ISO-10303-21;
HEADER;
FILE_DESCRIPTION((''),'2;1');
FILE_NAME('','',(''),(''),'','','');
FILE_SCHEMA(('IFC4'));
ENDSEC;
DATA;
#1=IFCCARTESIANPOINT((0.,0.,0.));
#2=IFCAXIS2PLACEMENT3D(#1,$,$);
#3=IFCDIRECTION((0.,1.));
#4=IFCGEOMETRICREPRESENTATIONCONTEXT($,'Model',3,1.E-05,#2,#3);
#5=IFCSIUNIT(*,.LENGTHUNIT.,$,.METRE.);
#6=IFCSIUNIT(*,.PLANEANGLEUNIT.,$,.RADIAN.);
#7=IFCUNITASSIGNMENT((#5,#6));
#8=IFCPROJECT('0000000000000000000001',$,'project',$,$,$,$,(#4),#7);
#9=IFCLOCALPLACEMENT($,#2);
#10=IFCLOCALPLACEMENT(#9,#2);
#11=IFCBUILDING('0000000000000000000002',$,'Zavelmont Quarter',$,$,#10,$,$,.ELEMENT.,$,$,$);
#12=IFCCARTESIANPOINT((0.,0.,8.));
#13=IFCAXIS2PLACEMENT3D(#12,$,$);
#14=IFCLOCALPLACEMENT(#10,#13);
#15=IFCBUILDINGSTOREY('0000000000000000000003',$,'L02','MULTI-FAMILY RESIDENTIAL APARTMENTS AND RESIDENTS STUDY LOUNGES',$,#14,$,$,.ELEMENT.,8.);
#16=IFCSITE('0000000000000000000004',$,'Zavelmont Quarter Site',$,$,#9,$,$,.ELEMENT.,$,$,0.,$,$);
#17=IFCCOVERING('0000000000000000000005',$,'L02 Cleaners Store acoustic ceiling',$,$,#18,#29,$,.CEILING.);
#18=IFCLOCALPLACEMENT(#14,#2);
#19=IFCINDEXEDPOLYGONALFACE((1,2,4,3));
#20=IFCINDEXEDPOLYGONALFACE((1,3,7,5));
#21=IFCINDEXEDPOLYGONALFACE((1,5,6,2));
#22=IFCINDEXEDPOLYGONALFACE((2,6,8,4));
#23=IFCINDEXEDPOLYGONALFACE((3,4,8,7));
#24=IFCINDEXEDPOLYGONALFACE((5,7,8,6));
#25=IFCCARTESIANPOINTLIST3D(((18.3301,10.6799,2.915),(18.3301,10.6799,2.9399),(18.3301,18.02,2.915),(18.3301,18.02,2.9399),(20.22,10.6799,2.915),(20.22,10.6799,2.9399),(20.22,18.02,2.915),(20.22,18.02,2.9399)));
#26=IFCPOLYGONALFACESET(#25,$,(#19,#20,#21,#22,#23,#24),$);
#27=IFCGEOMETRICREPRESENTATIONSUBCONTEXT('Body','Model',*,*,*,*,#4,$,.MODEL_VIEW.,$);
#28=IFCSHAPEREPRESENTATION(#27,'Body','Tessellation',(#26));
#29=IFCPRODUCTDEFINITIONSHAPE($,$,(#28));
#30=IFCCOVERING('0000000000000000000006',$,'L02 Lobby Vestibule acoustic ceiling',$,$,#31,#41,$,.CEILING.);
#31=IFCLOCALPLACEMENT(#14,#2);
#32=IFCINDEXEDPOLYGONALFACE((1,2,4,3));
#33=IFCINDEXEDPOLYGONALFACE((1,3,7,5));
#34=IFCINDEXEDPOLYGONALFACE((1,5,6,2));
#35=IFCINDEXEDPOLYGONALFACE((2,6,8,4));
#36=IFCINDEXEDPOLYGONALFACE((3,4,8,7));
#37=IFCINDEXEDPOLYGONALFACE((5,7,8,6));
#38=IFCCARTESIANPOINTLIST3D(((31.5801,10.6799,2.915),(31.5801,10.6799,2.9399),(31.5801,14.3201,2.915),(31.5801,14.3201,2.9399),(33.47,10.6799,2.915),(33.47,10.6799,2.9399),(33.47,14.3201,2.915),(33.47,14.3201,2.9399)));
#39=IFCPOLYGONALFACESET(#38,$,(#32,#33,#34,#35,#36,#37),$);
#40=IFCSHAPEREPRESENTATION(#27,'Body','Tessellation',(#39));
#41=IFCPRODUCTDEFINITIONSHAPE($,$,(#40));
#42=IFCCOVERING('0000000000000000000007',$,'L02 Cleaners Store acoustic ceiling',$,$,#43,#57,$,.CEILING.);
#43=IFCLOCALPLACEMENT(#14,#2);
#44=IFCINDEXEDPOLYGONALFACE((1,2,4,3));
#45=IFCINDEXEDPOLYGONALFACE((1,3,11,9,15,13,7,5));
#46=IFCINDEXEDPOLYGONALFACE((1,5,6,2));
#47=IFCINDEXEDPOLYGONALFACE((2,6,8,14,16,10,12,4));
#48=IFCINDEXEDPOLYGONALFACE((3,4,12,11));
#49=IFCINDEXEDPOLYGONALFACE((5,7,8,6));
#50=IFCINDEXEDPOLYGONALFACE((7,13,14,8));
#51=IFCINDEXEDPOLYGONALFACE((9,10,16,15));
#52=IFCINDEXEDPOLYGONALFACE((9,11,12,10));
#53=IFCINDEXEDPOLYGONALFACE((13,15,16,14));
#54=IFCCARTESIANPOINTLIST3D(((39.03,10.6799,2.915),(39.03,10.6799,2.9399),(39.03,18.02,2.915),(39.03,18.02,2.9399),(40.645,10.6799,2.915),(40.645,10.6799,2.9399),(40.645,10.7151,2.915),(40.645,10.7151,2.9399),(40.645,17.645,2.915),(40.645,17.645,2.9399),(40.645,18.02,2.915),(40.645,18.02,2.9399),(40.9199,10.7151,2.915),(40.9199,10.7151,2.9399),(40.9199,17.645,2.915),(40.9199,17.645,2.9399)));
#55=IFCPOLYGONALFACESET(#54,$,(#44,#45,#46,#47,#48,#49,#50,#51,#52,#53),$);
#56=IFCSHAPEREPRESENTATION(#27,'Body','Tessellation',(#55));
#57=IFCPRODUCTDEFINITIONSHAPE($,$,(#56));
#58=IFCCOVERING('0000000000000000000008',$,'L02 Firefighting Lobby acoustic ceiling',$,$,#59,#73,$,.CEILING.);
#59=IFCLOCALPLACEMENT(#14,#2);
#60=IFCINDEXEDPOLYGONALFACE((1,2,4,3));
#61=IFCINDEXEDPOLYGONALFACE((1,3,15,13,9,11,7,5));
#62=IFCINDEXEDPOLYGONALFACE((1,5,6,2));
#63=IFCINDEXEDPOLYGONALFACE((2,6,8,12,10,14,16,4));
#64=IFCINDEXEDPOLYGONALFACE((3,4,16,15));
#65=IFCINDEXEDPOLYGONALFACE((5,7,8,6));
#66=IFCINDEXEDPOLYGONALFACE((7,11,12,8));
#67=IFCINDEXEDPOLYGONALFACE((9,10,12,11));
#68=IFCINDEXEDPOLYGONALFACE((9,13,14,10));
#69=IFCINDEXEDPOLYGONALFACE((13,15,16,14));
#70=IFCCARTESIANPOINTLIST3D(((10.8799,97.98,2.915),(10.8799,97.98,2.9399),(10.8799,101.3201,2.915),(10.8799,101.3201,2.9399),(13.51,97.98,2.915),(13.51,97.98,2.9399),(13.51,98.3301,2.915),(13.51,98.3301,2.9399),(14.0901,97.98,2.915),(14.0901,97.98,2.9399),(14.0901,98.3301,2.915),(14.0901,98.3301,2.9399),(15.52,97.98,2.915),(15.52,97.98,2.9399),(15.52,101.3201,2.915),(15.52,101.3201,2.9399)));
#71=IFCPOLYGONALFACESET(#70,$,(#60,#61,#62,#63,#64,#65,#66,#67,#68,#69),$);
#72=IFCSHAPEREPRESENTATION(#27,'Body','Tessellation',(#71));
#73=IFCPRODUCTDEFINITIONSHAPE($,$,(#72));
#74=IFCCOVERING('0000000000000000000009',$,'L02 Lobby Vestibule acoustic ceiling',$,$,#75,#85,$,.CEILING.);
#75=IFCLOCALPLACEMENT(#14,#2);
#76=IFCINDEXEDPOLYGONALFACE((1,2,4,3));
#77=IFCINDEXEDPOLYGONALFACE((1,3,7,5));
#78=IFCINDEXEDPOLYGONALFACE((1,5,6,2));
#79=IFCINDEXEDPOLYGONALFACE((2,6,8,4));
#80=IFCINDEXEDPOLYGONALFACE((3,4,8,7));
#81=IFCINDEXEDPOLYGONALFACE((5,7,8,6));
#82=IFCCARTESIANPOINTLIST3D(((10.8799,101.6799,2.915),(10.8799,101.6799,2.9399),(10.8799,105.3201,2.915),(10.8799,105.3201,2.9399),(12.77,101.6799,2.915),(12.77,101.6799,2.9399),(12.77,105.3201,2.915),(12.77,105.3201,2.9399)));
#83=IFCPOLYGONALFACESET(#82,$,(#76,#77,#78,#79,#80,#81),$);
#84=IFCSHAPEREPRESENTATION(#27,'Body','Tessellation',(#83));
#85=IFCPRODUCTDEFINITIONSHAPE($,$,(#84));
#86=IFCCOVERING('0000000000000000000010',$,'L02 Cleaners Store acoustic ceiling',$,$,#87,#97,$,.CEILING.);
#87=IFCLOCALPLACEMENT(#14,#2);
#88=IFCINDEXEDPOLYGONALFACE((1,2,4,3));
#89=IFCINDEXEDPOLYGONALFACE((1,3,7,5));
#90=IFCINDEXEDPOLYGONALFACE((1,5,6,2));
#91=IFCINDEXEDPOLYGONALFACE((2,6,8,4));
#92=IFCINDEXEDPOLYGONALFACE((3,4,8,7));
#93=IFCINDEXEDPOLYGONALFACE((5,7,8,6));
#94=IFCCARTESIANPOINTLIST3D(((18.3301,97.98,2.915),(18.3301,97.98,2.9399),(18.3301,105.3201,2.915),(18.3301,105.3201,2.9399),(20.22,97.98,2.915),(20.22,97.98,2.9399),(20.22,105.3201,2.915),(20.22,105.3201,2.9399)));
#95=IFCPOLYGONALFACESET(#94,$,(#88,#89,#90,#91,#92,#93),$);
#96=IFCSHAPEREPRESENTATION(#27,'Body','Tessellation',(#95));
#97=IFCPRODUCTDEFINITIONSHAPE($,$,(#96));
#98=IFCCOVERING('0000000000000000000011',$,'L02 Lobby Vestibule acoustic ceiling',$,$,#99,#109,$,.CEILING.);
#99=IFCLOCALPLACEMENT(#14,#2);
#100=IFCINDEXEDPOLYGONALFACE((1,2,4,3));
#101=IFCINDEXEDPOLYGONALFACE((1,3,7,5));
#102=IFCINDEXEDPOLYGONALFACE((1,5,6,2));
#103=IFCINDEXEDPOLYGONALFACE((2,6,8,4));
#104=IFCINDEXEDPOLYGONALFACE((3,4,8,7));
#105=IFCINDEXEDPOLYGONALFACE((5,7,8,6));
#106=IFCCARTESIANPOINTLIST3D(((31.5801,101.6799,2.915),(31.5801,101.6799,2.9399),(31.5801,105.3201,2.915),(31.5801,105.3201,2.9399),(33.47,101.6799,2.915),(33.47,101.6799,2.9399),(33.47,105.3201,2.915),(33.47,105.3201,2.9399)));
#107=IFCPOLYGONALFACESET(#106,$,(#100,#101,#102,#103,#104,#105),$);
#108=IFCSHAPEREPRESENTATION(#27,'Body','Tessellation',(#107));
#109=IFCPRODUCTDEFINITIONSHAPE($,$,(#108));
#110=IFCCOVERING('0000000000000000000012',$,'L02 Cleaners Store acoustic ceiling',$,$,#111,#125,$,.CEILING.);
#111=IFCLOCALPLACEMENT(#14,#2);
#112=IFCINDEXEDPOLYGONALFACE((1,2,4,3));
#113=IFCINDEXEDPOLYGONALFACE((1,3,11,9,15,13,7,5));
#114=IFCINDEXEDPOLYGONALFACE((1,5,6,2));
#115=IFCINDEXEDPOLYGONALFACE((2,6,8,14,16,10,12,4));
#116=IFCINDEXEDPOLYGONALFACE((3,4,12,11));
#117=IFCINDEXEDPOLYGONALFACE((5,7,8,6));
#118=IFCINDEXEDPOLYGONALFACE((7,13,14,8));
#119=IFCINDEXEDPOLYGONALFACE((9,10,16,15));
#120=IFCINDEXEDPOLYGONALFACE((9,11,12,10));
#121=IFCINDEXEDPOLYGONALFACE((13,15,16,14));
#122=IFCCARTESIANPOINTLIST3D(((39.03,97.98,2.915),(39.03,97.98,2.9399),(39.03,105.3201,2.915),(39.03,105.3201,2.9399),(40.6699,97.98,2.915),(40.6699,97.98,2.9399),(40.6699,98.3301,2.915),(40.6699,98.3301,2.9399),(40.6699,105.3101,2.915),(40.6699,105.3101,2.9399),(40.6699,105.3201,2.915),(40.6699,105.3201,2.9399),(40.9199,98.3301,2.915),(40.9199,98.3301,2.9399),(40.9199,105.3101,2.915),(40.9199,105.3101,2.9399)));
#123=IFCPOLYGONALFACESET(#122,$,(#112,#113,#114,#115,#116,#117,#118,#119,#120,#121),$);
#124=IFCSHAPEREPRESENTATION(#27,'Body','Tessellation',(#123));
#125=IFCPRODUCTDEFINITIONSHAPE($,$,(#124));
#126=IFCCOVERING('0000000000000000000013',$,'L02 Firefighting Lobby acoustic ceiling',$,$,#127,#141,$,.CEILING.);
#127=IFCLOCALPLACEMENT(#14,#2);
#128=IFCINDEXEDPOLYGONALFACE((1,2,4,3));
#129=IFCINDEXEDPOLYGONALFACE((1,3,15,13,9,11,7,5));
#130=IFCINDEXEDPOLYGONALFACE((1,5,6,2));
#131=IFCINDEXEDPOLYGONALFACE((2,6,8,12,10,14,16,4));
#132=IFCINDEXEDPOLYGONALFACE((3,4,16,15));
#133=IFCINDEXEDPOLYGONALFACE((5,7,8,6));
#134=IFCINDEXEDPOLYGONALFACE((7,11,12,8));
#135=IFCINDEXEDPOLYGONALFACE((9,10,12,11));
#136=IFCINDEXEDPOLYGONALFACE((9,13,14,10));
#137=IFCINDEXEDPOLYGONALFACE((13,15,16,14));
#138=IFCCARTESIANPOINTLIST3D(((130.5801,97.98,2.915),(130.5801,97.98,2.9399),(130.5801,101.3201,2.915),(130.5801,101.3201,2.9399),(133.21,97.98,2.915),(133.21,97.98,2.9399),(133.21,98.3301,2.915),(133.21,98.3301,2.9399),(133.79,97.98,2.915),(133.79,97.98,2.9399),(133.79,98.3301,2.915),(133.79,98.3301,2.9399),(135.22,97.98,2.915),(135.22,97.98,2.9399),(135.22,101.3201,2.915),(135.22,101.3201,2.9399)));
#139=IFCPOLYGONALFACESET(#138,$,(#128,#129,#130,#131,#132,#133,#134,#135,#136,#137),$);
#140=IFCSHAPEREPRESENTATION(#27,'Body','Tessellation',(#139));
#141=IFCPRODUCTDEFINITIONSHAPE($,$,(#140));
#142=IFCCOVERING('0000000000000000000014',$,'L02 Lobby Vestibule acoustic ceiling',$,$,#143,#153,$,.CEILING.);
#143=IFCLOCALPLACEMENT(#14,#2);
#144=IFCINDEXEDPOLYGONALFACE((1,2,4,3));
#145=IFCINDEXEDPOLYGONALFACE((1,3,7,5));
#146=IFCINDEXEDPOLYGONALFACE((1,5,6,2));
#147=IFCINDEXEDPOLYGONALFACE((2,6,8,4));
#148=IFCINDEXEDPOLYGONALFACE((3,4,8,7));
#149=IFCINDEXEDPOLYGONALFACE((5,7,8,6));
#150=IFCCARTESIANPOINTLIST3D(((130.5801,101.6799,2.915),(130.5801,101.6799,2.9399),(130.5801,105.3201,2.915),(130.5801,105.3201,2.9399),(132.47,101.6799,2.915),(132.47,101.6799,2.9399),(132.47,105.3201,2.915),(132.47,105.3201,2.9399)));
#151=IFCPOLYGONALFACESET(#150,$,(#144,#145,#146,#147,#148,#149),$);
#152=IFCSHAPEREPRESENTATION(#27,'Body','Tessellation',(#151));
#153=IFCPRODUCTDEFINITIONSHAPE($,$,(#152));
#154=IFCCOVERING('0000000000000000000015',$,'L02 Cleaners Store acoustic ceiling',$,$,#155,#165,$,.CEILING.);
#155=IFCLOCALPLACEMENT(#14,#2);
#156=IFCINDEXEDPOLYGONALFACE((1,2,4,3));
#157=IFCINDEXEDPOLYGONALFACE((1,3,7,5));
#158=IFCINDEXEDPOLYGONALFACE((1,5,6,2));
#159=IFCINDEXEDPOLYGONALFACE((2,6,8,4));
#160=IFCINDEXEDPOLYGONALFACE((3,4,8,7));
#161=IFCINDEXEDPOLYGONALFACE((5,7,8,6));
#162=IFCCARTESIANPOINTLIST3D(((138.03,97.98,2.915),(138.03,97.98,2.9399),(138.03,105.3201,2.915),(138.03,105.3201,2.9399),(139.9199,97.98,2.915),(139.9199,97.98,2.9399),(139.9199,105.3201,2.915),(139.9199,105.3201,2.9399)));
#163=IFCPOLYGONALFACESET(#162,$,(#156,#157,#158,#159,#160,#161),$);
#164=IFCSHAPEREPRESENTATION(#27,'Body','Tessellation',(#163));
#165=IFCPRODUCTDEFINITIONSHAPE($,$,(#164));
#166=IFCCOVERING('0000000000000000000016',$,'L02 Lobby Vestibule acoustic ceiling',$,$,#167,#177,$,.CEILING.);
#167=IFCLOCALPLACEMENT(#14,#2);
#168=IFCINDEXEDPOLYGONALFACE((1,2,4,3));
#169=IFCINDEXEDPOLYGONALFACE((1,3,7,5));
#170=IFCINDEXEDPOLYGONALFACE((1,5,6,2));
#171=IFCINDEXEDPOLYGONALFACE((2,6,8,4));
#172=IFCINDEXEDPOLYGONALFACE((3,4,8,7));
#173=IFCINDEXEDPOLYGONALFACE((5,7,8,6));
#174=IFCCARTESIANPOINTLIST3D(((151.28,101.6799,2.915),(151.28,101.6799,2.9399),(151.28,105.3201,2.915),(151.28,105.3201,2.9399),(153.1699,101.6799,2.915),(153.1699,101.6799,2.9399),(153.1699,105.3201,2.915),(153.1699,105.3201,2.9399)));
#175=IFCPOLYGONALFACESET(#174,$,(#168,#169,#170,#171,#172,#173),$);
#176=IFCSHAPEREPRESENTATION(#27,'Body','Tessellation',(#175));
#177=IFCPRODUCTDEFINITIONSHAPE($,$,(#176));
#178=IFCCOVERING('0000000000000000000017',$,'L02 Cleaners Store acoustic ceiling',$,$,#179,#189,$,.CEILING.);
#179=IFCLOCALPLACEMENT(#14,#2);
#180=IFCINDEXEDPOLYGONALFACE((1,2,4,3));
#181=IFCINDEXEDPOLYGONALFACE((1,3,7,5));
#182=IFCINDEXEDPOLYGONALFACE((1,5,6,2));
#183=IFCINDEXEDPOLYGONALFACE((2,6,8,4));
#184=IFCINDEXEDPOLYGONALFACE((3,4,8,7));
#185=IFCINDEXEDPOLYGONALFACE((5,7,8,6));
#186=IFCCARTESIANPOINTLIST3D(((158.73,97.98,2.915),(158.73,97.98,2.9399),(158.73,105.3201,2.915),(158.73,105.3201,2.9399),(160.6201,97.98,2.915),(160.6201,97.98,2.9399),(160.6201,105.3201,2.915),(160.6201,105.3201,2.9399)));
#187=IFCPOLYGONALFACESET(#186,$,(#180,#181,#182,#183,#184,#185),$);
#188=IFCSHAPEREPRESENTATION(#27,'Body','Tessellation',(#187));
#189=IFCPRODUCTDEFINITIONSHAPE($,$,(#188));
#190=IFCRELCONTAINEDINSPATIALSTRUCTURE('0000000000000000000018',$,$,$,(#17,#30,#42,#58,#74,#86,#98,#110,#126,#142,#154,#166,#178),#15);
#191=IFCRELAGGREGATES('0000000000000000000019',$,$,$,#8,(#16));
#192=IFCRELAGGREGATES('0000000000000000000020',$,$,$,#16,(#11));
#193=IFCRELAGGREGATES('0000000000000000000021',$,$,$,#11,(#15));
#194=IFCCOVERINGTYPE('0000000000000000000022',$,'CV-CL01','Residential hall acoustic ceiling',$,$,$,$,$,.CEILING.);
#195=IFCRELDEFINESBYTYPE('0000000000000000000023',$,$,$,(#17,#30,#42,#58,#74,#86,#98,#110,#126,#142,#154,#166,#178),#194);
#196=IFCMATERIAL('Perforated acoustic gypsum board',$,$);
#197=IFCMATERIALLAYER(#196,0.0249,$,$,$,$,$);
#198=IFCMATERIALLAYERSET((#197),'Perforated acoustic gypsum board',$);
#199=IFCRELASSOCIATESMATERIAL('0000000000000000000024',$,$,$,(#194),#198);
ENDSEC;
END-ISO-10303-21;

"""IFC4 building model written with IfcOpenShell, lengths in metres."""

from ifc_helpers import new_model, si_unit, direction, frame, origin, place, context, subcontext, project, spatial, polyline, outline, extrude, material, layer, layer_set, type_object, element, save


model = new_model("IFC4")

# Units and contexts
model_context = context("Model", 3, precision=1e-05, world=origin(), true_north=direction((0.0, 1.0)))
body_context = subcontext(model_context, "Body", "Model", "MODEL_VIEW")
ifc_project = project(units=[si_unit("LENGTHUNIT", "METRE"), si_unit("PLANEANGLEUNIT", "RADIAN")], contexts=[model_context])

# Site, building, storey
site_placement = place(None, origin())
site = spatial("IfcSite", under=ifc_project, at=site_placement, Name="Zavelmont Quarter Site", CompositionType="ELEMENT", RefElevation=0.0)
building_placement = place(site_placement, origin())
building = spatial("IfcBuilding", under=site, at=building_placement, Name="Zavelmont Quarter", CompositionType="ELEMENT")
storey_placement = place(building_placement, frame((0.0, 0.0, 8.0)))
storey = spatial("IfcBuildingStorey", under=building, at=storey_placement, Name="L02", Description="MULTI-FAMILY RESIDENTIAL APARTMENTS AND RESIDENTS STUDY LOUNGES", CompositionType="ELEMENT", Elevation=8.0)

# Coverings
ifc_material_1 = material(Name="Perforated acoustic gypsum board")
ifc_layer_1 = layer(ifc_material_1, 0.0249)
ifc_layer_set_1 = layer_set([ifc_layer_1], Name="Perforated acoustic gypsum board")
covering_type_1 = type_object("IfcCoveringType", Name="CV-CL01", Description="Residential hall acoustic ceiling", PredefinedType="CEILING", material=ifc_layer_set_1)
covering_1_placement = place(storey_placement, frame((0.0, 0.0, 2.915)))
element("IfcCovering", 1, at=covering_1_placement, inside=storey, type_object=covering_type_1, Name="L02 Cleaners Store acoustic ceiling", PredefinedType="CEILING", context=body_context, shape_type="SweptSolid", body=[
    extrude(outline(polyline([(18.3301, 18.02), (20.22, 18.02), (20.22, 10.6799), (18.3301, 10.6799), (18.3301, 18.02)])), origin(), (0.0, 0.0, 1.0), 0.0249),
])
covering_2_placement = place(storey_placement, frame((0.0, 0.0, 2.915)))
element("IfcCovering", 2, at=covering_2_placement, inside=storey, type_object=covering_type_1, Name="L02 Lobby Vestibule acoustic ceiling", PredefinedType="CEILING", context=body_context, shape_type="SweptSolid", body=[
    extrude(outline(polyline([(31.5801, 14.3201), (33.47, 14.3201), (33.47, 10.6799), (31.5801, 10.6799), (31.5801, 14.3201)])), origin(), (0.0, 0.0, 1.0), 0.0249),
])
covering_3_placement = place(storey_placement, frame((0.0, 0.0, 2.915)))
element("IfcCovering", 3, at=covering_3_placement, inside=storey, type_object=covering_type_1, Name="L02 Cleaners Store acoustic ceiling", PredefinedType="CEILING", context=body_context, shape_type="SweptSolid", body=[
    extrude(outline(polyline([(39.03, 18.02), (40.645, 18.02), (40.645, 17.645), (40.9199, 17.645), (40.9199, 10.7151), (40.645, 10.7151), (40.645, 10.6799), (39.03, 10.6799), (39.03, 18.02)])), origin(), (0.0, 0.0, 1.0), 0.0249),
])
covering_4_placement = place(storey_placement, frame((0.0, 0.0, 2.915)))
element("IfcCovering", 4, at=covering_4_placement, inside=storey, type_object=covering_type_1, Name="L02 Firefighting Lobby acoustic ceiling", PredefinedType="CEILING", context=body_context, shape_type="SweptSolid", body=[
    extrude(outline(polyline([(10.8799, 101.3201), (15.52, 101.3201), (15.52, 97.98), (14.0901, 97.98), (14.0901, 98.3301), (13.51, 98.3301), (13.51, 97.98), (10.8799, 97.98), (10.8799, 101.3201)])), origin(), (0.0, 0.0, 1.0), 0.0249),
])
covering_5_placement = place(storey_placement, frame((0.0, 0.0, 2.915)))
element("IfcCovering", 5, at=covering_5_placement, inside=storey, type_object=covering_type_1, Name="L02 Lobby Vestibule acoustic ceiling", PredefinedType="CEILING", context=body_context, shape_type="SweptSolid", body=[
    extrude(outline(polyline([(10.8799, 105.3201), (12.77, 105.3201), (12.77, 101.6799), (10.8799, 101.6799), (10.8799, 105.3201)])), origin(), (0.0, 0.0, 1.0), 0.0249),
])
covering_6_placement = place(storey_placement, frame((0.0, 0.0, 2.915)))
element("IfcCovering", 6, at=covering_6_placement, inside=storey, type_object=covering_type_1, Name="L02 Cleaners Store acoustic ceiling", PredefinedType="CEILING", context=body_context, shape_type="SweptSolid", body=[
    extrude(outline(polyline([(18.3301, 105.3201), (20.22, 105.3201), (20.22, 97.98), (18.3301, 97.98), (18.3301, 105.3201)])), origin(), (0.0, 0.0, 1.0), 0.0249),
])
covering_7_placement = place(storey_placement, frame((0.0, 0.0, 2.915)))
element("IfcCovering", 7, at=covering_7_placement, inside=storey, type_object=covering_type_1, Name="L02 Lobby Vestibule acoustic ceiling", PredefinedType="CEILING", context=body_context, shape_type="SweptSolid", body=[
    extrude(outline(polyline([(31.5801, 105.3201), (33.47, 105.3201), (33.47, 101.6799), (31.5801, 101.6799), (31.5801, 105.3201)])), origin(), (0.0, 0.0, 1.0), 0.0249),
])
covering_8_placement = place(storey_placement, frame((0.0, 0.0, 2.915)))
element("IfcCovering", 8, at=covering_8_placement, inside=storey, type_object=covering_type_1, Name="L02 Cleaners Store acoustic ceiling", PredefinedType="CEILING", context=body_context, shape_type="SweptSolid", body=[
    extrude(outline(polyline([(39.03, 105.3201), (40.6699, 105.3201), (40.6699, 105.3101), (40.9199, 105.3101), (40.9199, 98.3301), (40.6699, 98.3301), (40.6699, 97.98), (39.03, 97.98), (39.03, 105.3201)])), origin(), (0.0, 0.0, 1.0), 0.0249),
])
covering_9_placement = place(storey_placement, frame((0.0, 0.0, 2.915)))
element("IfcCovering", 9, at=covering_9_placement, inside=storey, type_object=covering_type_1, Name="L02 Firefighting Lobby acoustic ceiling", PredefinedType="CEILING", context=body_context, shape_type="SweptSolid", body=[
    extrude(outline(polyline([(130.5801, 101.3201), (135.22, 101.3201), (135.22, 97.98), (133.79, 97.98), (133.79, 98.3301), (133.21, 98.3301), (133.21, 97.98), (130.5801, 97.98), (130.5801, 101.3201)])), origin(), (0.0, 0.0, 1.0), 0.0249),
])
covering_10_placement = place(storey_placement, frame((0.0, 0.0, 2.915)))
element("IfcCovering", 10, at=covering_10_placement, inside=storey, type_object=covering_type_1, Name="L02 Lobby Vestibule acoustic ceiling", PredefinedType="CEILING", context=body_context, shape_type="SweptSolid", body=[
    extrude(outline(polyline([(130.5801, 105.3201), (132.47, 105.3201), (132.47, 101.6799), (130.5801, 101.6799), (130.5801, 105.3201)])), origin(), (0.0, 0.0, 1.0), 0.0249),
])
covering_11_placement = place(storey_placement, frame((0.0, 0.0, 2.915)))
element("IfcCovering", 11, at=covering_11_placement, inside=storey, type_object=covering_type_1, Name="L02 Cleaners Store acoustic ceiling", PredefinedType="CEILING", context=body_context, shape_type="SweptSolid", body=[
    extrude(outline(polyline([(138.03, 105.3201), (139.9199, 105.3201), (139.9199, 97.98), (138.03, 97.98), (138.03, 105.3201)])), origin(), (0.0, 0.0, 1.0), 0.0249),
])
covering_12_placement = place(storey_placement, frame((0.0, 0.0, 2.915)))
element("IfcCovering", 12, at=covering_12_placement, inside=storey, type_object=covering_type_1, Name="L02 Lobby Vestibule acoustic ceiling", PredefinedType="CEILING", context=body_context, shape_type="SweptSolid", body=[
    extrude(outline(polyline([(151.28, 105.3201), (153.1699, 105.3201), (153.1699, 101.6799), (151.28, 101.6799), (151.28, 105.3201)])), origin(), (0.0, 0.0, 1.0), 0.0249),
])
covering_13_placement = place(storey_placement, frame((0.0, 0.0, 2.915)))
element("IfcCovering", 13, at=covering_13_placement, inside=storey, type_object=covering_type_1, Name="L02 Cleaners Store acoustic ceiling", PredefinedType="CEILING", context=body_context, shape_type="SweptSolid", body=[
    extrude(outline(polyline([(158.73, 105.3201), (160.6201, 105.3201), (160.6201, 97.98), (158.73, 97.98), (158.73, 105.3201)])), origin(), (0.0, 0.0, 1.0), 0.0249),
])

save(model, "model.ifc")
